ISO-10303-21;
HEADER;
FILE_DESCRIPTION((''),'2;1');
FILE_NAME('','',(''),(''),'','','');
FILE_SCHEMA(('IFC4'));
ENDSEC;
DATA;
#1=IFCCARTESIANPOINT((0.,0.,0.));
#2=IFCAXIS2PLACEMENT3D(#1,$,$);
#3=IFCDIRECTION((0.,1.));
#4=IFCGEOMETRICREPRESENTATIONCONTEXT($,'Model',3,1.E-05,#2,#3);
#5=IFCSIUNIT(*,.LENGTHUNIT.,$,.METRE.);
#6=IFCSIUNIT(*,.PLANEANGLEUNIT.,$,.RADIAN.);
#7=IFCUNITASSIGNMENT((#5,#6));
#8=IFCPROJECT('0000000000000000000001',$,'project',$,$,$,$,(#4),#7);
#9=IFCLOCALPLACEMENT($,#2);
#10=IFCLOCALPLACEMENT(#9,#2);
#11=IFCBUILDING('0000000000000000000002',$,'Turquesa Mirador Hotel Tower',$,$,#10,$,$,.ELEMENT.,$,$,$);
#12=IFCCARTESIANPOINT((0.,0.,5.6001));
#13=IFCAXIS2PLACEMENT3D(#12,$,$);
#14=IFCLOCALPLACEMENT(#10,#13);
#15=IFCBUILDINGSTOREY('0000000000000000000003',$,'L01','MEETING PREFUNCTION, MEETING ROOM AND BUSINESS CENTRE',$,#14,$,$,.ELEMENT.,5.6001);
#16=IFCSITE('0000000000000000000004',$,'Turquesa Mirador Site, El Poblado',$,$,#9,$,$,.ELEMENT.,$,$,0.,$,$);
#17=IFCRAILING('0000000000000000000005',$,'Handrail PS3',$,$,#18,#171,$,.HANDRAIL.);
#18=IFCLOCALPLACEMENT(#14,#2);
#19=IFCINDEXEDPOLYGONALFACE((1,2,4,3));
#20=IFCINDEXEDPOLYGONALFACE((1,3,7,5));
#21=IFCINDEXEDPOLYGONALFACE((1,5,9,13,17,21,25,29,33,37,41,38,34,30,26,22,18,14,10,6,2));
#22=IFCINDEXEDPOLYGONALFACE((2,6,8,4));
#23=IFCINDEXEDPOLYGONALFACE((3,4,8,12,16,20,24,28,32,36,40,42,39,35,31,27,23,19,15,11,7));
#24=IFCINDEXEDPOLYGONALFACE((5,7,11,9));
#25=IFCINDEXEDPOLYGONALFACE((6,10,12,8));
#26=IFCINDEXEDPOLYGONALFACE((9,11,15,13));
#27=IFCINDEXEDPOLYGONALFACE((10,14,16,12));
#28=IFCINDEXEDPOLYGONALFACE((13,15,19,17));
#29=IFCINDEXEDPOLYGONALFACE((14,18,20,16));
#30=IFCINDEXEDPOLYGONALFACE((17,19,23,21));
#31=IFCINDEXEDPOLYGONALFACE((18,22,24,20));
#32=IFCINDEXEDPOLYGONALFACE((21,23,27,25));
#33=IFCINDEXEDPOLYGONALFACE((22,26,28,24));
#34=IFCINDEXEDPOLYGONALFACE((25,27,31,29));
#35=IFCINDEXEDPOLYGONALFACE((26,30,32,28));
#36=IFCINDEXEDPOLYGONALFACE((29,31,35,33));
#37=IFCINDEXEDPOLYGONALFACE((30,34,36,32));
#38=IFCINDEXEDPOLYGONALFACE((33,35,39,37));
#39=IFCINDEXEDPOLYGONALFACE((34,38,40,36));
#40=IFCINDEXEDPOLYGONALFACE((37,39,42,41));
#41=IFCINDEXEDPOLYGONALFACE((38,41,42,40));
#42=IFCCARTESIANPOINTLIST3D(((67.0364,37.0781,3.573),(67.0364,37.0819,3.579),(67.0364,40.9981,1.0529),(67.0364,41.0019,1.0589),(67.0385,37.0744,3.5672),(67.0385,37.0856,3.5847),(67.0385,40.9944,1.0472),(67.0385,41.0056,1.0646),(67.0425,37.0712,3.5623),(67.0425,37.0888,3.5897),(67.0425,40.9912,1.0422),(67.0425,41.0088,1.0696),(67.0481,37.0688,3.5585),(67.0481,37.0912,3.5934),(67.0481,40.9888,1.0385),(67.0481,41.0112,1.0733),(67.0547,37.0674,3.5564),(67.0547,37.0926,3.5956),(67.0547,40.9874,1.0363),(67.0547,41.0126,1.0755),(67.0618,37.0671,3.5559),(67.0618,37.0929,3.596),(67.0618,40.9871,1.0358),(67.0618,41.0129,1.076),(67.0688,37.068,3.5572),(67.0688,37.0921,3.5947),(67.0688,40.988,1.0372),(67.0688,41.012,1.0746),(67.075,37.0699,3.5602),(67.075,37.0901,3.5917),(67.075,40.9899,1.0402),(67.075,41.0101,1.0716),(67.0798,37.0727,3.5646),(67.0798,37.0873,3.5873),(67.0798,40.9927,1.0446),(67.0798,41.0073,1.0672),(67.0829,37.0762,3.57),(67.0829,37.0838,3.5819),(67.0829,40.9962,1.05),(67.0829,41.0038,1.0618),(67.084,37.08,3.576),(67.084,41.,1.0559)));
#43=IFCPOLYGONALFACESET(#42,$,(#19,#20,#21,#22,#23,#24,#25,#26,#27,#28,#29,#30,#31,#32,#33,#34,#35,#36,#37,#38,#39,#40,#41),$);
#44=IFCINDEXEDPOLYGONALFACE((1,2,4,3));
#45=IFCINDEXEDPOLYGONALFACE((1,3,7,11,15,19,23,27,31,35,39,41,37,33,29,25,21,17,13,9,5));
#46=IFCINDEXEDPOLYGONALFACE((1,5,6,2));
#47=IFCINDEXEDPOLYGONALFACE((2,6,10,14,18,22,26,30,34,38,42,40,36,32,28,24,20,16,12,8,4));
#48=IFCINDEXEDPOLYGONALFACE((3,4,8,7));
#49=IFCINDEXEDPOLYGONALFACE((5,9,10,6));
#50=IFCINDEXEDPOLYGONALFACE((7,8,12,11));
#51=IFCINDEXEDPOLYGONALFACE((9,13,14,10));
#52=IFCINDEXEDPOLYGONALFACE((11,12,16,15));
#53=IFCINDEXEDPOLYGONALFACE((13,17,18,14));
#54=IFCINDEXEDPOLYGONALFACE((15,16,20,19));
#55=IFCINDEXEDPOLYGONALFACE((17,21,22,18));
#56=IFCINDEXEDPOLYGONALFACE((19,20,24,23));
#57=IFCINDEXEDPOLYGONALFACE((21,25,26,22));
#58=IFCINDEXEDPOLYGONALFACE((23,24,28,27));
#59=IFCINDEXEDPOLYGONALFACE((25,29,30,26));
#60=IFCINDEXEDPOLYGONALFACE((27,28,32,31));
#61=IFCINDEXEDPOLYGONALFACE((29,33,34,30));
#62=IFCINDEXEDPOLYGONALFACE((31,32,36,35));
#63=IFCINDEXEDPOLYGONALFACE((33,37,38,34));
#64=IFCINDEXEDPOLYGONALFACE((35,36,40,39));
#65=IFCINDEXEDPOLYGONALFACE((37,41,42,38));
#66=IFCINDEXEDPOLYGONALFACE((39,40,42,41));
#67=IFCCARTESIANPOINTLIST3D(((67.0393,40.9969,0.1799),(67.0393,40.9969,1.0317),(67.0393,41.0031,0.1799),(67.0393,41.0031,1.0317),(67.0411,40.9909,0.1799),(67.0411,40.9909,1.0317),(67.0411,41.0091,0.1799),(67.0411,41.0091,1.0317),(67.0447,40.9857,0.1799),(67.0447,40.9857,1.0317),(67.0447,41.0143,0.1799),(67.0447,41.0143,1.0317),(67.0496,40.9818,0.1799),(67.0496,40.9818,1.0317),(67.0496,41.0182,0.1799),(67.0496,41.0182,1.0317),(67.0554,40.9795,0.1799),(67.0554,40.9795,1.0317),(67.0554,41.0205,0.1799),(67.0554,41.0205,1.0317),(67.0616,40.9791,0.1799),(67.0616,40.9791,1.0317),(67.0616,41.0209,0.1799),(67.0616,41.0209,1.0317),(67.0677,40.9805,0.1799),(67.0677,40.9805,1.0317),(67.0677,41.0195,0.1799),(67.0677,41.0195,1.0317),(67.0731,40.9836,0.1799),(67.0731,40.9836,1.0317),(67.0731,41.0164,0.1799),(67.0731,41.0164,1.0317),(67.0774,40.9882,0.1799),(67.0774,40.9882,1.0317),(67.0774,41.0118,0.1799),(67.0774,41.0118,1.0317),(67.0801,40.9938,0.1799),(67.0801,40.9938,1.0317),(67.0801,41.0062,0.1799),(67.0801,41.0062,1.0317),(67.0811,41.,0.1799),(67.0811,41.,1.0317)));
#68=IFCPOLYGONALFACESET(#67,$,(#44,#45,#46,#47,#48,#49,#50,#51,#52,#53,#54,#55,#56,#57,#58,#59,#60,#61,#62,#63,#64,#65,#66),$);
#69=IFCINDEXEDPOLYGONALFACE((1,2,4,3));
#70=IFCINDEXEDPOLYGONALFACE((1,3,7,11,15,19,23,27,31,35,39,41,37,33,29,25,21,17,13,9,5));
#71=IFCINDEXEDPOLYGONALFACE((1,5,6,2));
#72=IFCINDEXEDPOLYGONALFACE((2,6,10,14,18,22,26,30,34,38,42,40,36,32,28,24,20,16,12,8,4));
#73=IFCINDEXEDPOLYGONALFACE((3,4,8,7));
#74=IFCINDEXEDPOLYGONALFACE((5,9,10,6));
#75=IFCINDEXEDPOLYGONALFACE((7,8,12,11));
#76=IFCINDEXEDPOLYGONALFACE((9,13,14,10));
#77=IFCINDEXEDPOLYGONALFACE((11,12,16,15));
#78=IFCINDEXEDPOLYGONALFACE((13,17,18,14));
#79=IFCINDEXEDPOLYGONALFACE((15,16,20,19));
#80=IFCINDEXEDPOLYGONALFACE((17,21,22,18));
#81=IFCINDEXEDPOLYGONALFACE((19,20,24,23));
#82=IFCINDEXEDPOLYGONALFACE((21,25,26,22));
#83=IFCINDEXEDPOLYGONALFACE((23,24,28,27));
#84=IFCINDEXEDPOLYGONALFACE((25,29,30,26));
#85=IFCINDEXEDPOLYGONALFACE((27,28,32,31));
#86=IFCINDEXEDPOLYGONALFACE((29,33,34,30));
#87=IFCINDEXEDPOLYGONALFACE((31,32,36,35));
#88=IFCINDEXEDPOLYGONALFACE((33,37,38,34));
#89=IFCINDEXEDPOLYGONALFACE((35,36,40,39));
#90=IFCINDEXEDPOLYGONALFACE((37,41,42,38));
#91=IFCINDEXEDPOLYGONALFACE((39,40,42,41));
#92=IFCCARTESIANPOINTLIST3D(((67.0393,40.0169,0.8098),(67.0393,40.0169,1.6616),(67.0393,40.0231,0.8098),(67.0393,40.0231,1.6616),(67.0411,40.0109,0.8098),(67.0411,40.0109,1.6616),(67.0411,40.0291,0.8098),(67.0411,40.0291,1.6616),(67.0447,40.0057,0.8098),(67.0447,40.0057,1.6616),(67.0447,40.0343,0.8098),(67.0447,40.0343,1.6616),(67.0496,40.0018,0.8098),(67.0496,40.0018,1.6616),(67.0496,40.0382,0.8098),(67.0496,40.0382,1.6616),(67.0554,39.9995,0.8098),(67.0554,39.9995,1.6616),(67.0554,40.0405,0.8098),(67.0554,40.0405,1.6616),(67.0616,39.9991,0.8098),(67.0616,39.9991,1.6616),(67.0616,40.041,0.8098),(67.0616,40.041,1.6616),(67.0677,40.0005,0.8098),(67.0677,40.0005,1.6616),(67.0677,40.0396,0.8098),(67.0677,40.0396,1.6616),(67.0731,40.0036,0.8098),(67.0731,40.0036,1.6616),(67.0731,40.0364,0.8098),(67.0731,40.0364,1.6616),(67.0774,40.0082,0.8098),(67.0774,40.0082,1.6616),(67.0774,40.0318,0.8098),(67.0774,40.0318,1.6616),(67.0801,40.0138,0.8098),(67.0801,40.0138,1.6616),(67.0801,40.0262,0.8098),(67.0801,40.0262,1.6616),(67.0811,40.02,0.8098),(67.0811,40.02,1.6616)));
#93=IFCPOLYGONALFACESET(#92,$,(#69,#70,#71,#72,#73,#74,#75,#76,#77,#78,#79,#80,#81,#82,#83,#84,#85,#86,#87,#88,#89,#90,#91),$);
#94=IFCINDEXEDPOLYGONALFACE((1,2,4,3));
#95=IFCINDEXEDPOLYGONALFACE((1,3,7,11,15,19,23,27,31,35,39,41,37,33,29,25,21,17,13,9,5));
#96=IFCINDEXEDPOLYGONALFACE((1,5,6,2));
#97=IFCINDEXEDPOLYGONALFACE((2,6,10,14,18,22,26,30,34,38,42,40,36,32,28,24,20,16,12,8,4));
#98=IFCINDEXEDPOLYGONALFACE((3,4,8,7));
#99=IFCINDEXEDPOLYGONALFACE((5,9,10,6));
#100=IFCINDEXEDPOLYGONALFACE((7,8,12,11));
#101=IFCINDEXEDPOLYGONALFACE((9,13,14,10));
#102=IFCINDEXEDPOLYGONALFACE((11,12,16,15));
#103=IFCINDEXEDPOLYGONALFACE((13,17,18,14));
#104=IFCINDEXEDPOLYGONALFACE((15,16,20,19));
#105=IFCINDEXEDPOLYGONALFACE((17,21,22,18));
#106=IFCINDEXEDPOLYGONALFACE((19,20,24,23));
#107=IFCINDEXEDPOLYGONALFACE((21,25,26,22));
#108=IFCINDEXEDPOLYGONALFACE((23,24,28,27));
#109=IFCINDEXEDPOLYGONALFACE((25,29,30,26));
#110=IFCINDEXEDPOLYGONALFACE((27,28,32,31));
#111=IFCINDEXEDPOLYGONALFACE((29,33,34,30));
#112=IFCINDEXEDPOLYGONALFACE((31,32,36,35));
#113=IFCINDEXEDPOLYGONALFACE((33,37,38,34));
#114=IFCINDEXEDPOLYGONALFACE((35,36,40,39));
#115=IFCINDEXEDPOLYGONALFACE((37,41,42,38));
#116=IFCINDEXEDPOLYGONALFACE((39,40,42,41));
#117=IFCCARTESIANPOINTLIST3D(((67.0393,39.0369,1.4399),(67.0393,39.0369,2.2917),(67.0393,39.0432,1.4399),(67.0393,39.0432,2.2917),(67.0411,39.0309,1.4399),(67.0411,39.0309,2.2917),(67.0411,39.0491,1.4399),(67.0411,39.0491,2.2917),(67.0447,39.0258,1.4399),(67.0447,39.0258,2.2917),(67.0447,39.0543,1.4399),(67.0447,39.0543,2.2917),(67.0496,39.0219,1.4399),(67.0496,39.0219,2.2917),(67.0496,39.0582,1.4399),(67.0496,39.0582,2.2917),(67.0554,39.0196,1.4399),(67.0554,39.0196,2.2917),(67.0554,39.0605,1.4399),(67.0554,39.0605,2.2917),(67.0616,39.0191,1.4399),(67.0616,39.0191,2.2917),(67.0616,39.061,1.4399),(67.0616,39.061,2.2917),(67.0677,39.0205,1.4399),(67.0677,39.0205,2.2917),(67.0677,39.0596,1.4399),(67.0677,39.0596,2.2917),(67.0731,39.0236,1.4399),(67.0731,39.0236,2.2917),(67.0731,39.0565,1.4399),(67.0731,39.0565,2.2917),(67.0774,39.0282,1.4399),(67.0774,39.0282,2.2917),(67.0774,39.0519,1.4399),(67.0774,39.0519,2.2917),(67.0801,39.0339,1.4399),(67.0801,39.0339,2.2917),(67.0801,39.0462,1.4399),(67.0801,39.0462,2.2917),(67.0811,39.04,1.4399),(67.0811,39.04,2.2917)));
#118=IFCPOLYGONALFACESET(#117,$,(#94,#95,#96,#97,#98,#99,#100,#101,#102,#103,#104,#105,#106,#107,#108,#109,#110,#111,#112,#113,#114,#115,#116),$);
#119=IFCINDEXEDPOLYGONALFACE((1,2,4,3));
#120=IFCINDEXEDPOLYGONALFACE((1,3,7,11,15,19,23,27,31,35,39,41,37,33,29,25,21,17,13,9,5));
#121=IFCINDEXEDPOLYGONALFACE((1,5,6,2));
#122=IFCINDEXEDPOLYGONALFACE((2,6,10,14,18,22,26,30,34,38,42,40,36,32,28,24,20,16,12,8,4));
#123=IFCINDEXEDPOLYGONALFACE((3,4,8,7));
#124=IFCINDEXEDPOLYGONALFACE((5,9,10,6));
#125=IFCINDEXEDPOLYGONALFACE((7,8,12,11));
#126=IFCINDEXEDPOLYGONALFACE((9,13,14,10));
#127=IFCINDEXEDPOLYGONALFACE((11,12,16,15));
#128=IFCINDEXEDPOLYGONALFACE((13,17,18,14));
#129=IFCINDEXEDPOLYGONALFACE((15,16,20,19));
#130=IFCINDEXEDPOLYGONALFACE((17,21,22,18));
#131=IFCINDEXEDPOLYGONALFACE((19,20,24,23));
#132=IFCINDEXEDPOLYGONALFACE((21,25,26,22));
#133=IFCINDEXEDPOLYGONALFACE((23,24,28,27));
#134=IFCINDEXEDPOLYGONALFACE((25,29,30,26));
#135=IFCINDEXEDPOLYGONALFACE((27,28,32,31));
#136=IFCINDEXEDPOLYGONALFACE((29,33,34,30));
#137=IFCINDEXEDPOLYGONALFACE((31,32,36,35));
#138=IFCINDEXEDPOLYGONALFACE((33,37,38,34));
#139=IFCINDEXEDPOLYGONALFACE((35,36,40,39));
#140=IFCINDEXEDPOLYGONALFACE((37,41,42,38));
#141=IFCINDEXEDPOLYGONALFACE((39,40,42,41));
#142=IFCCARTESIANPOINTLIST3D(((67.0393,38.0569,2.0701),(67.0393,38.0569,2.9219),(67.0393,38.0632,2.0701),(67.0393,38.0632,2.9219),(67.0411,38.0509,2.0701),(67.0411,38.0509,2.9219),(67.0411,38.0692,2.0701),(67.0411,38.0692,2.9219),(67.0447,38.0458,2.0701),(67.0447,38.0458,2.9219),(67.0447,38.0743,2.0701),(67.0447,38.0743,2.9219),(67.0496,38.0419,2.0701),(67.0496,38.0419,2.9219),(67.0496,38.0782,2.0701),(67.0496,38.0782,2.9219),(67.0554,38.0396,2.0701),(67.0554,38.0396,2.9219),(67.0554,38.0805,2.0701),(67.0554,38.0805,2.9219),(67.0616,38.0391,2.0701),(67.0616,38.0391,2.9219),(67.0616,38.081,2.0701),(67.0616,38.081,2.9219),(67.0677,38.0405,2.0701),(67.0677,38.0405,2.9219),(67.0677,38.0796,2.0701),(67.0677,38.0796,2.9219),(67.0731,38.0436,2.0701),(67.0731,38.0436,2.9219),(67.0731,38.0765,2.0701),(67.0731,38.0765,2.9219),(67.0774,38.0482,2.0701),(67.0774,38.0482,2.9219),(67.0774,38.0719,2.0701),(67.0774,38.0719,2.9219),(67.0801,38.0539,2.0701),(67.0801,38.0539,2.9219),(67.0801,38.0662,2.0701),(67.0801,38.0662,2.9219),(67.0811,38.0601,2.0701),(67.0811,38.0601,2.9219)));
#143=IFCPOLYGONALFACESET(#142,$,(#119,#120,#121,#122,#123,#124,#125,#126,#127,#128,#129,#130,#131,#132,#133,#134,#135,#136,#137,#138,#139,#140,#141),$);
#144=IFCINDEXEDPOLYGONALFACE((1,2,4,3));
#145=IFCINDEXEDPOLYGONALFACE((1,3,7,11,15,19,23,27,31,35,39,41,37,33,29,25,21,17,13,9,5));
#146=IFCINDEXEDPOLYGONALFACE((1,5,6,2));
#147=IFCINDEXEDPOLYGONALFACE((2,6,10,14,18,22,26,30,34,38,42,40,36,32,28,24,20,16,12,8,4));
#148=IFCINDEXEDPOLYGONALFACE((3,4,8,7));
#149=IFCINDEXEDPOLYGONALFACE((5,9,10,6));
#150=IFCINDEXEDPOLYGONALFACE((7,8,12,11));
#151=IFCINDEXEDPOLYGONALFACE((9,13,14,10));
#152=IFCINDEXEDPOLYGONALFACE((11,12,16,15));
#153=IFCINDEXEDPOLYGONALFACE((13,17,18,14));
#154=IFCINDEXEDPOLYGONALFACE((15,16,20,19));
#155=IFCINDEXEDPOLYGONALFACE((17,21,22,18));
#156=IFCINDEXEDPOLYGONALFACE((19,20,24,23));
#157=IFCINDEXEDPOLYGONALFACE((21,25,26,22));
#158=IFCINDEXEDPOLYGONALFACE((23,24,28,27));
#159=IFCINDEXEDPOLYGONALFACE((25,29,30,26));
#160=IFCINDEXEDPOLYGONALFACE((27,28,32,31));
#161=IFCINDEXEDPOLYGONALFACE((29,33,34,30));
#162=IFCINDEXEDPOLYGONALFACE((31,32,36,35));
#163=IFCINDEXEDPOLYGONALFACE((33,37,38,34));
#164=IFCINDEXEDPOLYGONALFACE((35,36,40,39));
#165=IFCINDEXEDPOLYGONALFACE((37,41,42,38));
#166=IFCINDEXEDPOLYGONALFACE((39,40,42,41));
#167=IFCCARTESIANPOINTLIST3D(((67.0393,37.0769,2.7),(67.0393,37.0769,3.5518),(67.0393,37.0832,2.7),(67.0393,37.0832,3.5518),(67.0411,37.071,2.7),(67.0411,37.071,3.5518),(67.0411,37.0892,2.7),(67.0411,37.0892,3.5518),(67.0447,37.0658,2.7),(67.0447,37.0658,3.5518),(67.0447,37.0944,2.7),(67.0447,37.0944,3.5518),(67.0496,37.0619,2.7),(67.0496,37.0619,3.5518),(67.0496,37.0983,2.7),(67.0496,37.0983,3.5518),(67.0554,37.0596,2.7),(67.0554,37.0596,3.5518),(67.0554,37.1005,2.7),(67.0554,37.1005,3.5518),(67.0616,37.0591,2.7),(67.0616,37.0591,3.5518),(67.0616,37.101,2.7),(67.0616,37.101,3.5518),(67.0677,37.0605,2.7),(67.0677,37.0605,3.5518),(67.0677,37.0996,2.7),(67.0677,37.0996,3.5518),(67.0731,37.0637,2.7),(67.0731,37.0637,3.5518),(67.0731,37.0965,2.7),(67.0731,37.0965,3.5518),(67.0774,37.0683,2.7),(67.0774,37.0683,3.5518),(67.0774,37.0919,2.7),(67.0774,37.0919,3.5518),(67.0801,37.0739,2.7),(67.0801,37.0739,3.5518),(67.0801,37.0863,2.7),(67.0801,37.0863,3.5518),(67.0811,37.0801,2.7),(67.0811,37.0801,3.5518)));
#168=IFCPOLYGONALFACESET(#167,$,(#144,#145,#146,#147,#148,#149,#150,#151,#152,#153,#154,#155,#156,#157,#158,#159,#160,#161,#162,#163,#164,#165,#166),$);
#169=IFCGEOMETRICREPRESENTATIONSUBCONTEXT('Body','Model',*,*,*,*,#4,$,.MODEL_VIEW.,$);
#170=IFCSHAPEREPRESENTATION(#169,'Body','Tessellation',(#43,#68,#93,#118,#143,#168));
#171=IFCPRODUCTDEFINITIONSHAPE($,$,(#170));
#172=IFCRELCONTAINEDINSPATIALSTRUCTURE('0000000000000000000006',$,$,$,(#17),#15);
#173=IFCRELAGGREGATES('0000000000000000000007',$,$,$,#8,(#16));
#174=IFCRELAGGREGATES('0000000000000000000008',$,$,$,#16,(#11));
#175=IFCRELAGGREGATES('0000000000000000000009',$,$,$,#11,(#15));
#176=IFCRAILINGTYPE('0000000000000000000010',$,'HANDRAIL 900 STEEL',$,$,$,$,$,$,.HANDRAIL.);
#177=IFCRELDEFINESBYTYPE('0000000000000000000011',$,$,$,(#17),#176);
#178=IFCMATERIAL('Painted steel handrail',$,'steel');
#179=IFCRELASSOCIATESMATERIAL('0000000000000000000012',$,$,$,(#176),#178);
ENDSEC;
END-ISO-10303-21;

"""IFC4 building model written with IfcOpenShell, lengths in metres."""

from ifc_helpers import new_model, si_unit, direction, frame, origin, origin_2d, place, context, subcontext, project, spatial, circle, extrude, material, type_object, element, save


model = new_model("IFC4")

# Units and contexts
model_context = context("Model", 3, precision=1e-05, world=origin(), true_north=direction((0.0, 1.0)))
body_context = subcontext(model_context, "Body", "Model", "MODEL_VIEW")
ifc_project = project(units=[si_unit("LENGTHUNIT", "METRE"), si_unit("PLANEANGLEUNIT", "RADIAN")], contexts=[model_context])

# Site, building, storey
site_placement = place(None, origin())
site = spatial("IfcSite", under=ifc_project, at=site_placement, Name="Turquesa Mirador Site, El Poblado", CompositionType="ELEMENT", RefElevation=0.0)
building_placement = place(site_placement, origin())
building = spatial("IfcBuilding", under=site, at=building_placement, Name="Turquesa Mirador Hotel Tower", CompositionType="ELEMENT")
storey_placement = place(building_placement, frame((0.0, 0.0, 5.6001)))
storey = spatial("IfcBuildingStorey", under=building, at=storey_placement, Name="L01", Description="MEETING PREFUNCTION, MEETING ROOM AND BUSINESS CENTRE", CompositionType="ELEMENT", Elevation=5.6001)

# Railing
ifc_material_1 = material(Name="Painted steel handrail", Category="steel")
railing_type = type_object("IfcRailingType", Name="HANDRAIL 900 STEEL", PredefinedType="HANDRAIL", material=ifc_material_1)
railing_1_placement = place(storey_placement, frame((67.0601, 41.0, 0.1799)))
element("IfcRailing", 1, at=railing_1_placement, inside=storey, type_object=railing_type, Name="Handrail PS3", PredefinedType="HANDRAIL", context=body_context, shape_type="SweptSolid", body=[
    extrude(circle(Radius=0.0239, at=origin_2d()), frame((0.0, 0.0, 0.876), z_axis=(0.0, -0.841172, 0.540768), x_axis=(1.0, 0.0, 0.0)), (0.0, 0.0, 1.0), 4.6602),
    extrude(circle(Radius=0.021, at=origin_2d()), origin(), (0.0, 0.0, 1.0), 0.8518),
    extrude(circle(Radius=0.021, at=origin_2d()), frame((0.0, -0.98, 0.6299)), (0.0, 0.0, 1.0), 0.8518),
    extrude(circle(Radius=0.021, at=origin_2d()), frame((0.0, -1.96, 1.26)), (0.0, 0.0, 1.0), 0.8518),
    extrude(circle(Radius=0.021, at=origin_2d()), frame((0.0, -2.9399, 1.8901)), (0.0, 0.0, 1.0), 0.8518),
    extrude(circle(Radius=0.021, at=origin_2d()), frame((0.0, -3.9199, 2.52)), (0.0, 0.0, 1.0), 0.8518),
])

save(model, "model.ifc")
